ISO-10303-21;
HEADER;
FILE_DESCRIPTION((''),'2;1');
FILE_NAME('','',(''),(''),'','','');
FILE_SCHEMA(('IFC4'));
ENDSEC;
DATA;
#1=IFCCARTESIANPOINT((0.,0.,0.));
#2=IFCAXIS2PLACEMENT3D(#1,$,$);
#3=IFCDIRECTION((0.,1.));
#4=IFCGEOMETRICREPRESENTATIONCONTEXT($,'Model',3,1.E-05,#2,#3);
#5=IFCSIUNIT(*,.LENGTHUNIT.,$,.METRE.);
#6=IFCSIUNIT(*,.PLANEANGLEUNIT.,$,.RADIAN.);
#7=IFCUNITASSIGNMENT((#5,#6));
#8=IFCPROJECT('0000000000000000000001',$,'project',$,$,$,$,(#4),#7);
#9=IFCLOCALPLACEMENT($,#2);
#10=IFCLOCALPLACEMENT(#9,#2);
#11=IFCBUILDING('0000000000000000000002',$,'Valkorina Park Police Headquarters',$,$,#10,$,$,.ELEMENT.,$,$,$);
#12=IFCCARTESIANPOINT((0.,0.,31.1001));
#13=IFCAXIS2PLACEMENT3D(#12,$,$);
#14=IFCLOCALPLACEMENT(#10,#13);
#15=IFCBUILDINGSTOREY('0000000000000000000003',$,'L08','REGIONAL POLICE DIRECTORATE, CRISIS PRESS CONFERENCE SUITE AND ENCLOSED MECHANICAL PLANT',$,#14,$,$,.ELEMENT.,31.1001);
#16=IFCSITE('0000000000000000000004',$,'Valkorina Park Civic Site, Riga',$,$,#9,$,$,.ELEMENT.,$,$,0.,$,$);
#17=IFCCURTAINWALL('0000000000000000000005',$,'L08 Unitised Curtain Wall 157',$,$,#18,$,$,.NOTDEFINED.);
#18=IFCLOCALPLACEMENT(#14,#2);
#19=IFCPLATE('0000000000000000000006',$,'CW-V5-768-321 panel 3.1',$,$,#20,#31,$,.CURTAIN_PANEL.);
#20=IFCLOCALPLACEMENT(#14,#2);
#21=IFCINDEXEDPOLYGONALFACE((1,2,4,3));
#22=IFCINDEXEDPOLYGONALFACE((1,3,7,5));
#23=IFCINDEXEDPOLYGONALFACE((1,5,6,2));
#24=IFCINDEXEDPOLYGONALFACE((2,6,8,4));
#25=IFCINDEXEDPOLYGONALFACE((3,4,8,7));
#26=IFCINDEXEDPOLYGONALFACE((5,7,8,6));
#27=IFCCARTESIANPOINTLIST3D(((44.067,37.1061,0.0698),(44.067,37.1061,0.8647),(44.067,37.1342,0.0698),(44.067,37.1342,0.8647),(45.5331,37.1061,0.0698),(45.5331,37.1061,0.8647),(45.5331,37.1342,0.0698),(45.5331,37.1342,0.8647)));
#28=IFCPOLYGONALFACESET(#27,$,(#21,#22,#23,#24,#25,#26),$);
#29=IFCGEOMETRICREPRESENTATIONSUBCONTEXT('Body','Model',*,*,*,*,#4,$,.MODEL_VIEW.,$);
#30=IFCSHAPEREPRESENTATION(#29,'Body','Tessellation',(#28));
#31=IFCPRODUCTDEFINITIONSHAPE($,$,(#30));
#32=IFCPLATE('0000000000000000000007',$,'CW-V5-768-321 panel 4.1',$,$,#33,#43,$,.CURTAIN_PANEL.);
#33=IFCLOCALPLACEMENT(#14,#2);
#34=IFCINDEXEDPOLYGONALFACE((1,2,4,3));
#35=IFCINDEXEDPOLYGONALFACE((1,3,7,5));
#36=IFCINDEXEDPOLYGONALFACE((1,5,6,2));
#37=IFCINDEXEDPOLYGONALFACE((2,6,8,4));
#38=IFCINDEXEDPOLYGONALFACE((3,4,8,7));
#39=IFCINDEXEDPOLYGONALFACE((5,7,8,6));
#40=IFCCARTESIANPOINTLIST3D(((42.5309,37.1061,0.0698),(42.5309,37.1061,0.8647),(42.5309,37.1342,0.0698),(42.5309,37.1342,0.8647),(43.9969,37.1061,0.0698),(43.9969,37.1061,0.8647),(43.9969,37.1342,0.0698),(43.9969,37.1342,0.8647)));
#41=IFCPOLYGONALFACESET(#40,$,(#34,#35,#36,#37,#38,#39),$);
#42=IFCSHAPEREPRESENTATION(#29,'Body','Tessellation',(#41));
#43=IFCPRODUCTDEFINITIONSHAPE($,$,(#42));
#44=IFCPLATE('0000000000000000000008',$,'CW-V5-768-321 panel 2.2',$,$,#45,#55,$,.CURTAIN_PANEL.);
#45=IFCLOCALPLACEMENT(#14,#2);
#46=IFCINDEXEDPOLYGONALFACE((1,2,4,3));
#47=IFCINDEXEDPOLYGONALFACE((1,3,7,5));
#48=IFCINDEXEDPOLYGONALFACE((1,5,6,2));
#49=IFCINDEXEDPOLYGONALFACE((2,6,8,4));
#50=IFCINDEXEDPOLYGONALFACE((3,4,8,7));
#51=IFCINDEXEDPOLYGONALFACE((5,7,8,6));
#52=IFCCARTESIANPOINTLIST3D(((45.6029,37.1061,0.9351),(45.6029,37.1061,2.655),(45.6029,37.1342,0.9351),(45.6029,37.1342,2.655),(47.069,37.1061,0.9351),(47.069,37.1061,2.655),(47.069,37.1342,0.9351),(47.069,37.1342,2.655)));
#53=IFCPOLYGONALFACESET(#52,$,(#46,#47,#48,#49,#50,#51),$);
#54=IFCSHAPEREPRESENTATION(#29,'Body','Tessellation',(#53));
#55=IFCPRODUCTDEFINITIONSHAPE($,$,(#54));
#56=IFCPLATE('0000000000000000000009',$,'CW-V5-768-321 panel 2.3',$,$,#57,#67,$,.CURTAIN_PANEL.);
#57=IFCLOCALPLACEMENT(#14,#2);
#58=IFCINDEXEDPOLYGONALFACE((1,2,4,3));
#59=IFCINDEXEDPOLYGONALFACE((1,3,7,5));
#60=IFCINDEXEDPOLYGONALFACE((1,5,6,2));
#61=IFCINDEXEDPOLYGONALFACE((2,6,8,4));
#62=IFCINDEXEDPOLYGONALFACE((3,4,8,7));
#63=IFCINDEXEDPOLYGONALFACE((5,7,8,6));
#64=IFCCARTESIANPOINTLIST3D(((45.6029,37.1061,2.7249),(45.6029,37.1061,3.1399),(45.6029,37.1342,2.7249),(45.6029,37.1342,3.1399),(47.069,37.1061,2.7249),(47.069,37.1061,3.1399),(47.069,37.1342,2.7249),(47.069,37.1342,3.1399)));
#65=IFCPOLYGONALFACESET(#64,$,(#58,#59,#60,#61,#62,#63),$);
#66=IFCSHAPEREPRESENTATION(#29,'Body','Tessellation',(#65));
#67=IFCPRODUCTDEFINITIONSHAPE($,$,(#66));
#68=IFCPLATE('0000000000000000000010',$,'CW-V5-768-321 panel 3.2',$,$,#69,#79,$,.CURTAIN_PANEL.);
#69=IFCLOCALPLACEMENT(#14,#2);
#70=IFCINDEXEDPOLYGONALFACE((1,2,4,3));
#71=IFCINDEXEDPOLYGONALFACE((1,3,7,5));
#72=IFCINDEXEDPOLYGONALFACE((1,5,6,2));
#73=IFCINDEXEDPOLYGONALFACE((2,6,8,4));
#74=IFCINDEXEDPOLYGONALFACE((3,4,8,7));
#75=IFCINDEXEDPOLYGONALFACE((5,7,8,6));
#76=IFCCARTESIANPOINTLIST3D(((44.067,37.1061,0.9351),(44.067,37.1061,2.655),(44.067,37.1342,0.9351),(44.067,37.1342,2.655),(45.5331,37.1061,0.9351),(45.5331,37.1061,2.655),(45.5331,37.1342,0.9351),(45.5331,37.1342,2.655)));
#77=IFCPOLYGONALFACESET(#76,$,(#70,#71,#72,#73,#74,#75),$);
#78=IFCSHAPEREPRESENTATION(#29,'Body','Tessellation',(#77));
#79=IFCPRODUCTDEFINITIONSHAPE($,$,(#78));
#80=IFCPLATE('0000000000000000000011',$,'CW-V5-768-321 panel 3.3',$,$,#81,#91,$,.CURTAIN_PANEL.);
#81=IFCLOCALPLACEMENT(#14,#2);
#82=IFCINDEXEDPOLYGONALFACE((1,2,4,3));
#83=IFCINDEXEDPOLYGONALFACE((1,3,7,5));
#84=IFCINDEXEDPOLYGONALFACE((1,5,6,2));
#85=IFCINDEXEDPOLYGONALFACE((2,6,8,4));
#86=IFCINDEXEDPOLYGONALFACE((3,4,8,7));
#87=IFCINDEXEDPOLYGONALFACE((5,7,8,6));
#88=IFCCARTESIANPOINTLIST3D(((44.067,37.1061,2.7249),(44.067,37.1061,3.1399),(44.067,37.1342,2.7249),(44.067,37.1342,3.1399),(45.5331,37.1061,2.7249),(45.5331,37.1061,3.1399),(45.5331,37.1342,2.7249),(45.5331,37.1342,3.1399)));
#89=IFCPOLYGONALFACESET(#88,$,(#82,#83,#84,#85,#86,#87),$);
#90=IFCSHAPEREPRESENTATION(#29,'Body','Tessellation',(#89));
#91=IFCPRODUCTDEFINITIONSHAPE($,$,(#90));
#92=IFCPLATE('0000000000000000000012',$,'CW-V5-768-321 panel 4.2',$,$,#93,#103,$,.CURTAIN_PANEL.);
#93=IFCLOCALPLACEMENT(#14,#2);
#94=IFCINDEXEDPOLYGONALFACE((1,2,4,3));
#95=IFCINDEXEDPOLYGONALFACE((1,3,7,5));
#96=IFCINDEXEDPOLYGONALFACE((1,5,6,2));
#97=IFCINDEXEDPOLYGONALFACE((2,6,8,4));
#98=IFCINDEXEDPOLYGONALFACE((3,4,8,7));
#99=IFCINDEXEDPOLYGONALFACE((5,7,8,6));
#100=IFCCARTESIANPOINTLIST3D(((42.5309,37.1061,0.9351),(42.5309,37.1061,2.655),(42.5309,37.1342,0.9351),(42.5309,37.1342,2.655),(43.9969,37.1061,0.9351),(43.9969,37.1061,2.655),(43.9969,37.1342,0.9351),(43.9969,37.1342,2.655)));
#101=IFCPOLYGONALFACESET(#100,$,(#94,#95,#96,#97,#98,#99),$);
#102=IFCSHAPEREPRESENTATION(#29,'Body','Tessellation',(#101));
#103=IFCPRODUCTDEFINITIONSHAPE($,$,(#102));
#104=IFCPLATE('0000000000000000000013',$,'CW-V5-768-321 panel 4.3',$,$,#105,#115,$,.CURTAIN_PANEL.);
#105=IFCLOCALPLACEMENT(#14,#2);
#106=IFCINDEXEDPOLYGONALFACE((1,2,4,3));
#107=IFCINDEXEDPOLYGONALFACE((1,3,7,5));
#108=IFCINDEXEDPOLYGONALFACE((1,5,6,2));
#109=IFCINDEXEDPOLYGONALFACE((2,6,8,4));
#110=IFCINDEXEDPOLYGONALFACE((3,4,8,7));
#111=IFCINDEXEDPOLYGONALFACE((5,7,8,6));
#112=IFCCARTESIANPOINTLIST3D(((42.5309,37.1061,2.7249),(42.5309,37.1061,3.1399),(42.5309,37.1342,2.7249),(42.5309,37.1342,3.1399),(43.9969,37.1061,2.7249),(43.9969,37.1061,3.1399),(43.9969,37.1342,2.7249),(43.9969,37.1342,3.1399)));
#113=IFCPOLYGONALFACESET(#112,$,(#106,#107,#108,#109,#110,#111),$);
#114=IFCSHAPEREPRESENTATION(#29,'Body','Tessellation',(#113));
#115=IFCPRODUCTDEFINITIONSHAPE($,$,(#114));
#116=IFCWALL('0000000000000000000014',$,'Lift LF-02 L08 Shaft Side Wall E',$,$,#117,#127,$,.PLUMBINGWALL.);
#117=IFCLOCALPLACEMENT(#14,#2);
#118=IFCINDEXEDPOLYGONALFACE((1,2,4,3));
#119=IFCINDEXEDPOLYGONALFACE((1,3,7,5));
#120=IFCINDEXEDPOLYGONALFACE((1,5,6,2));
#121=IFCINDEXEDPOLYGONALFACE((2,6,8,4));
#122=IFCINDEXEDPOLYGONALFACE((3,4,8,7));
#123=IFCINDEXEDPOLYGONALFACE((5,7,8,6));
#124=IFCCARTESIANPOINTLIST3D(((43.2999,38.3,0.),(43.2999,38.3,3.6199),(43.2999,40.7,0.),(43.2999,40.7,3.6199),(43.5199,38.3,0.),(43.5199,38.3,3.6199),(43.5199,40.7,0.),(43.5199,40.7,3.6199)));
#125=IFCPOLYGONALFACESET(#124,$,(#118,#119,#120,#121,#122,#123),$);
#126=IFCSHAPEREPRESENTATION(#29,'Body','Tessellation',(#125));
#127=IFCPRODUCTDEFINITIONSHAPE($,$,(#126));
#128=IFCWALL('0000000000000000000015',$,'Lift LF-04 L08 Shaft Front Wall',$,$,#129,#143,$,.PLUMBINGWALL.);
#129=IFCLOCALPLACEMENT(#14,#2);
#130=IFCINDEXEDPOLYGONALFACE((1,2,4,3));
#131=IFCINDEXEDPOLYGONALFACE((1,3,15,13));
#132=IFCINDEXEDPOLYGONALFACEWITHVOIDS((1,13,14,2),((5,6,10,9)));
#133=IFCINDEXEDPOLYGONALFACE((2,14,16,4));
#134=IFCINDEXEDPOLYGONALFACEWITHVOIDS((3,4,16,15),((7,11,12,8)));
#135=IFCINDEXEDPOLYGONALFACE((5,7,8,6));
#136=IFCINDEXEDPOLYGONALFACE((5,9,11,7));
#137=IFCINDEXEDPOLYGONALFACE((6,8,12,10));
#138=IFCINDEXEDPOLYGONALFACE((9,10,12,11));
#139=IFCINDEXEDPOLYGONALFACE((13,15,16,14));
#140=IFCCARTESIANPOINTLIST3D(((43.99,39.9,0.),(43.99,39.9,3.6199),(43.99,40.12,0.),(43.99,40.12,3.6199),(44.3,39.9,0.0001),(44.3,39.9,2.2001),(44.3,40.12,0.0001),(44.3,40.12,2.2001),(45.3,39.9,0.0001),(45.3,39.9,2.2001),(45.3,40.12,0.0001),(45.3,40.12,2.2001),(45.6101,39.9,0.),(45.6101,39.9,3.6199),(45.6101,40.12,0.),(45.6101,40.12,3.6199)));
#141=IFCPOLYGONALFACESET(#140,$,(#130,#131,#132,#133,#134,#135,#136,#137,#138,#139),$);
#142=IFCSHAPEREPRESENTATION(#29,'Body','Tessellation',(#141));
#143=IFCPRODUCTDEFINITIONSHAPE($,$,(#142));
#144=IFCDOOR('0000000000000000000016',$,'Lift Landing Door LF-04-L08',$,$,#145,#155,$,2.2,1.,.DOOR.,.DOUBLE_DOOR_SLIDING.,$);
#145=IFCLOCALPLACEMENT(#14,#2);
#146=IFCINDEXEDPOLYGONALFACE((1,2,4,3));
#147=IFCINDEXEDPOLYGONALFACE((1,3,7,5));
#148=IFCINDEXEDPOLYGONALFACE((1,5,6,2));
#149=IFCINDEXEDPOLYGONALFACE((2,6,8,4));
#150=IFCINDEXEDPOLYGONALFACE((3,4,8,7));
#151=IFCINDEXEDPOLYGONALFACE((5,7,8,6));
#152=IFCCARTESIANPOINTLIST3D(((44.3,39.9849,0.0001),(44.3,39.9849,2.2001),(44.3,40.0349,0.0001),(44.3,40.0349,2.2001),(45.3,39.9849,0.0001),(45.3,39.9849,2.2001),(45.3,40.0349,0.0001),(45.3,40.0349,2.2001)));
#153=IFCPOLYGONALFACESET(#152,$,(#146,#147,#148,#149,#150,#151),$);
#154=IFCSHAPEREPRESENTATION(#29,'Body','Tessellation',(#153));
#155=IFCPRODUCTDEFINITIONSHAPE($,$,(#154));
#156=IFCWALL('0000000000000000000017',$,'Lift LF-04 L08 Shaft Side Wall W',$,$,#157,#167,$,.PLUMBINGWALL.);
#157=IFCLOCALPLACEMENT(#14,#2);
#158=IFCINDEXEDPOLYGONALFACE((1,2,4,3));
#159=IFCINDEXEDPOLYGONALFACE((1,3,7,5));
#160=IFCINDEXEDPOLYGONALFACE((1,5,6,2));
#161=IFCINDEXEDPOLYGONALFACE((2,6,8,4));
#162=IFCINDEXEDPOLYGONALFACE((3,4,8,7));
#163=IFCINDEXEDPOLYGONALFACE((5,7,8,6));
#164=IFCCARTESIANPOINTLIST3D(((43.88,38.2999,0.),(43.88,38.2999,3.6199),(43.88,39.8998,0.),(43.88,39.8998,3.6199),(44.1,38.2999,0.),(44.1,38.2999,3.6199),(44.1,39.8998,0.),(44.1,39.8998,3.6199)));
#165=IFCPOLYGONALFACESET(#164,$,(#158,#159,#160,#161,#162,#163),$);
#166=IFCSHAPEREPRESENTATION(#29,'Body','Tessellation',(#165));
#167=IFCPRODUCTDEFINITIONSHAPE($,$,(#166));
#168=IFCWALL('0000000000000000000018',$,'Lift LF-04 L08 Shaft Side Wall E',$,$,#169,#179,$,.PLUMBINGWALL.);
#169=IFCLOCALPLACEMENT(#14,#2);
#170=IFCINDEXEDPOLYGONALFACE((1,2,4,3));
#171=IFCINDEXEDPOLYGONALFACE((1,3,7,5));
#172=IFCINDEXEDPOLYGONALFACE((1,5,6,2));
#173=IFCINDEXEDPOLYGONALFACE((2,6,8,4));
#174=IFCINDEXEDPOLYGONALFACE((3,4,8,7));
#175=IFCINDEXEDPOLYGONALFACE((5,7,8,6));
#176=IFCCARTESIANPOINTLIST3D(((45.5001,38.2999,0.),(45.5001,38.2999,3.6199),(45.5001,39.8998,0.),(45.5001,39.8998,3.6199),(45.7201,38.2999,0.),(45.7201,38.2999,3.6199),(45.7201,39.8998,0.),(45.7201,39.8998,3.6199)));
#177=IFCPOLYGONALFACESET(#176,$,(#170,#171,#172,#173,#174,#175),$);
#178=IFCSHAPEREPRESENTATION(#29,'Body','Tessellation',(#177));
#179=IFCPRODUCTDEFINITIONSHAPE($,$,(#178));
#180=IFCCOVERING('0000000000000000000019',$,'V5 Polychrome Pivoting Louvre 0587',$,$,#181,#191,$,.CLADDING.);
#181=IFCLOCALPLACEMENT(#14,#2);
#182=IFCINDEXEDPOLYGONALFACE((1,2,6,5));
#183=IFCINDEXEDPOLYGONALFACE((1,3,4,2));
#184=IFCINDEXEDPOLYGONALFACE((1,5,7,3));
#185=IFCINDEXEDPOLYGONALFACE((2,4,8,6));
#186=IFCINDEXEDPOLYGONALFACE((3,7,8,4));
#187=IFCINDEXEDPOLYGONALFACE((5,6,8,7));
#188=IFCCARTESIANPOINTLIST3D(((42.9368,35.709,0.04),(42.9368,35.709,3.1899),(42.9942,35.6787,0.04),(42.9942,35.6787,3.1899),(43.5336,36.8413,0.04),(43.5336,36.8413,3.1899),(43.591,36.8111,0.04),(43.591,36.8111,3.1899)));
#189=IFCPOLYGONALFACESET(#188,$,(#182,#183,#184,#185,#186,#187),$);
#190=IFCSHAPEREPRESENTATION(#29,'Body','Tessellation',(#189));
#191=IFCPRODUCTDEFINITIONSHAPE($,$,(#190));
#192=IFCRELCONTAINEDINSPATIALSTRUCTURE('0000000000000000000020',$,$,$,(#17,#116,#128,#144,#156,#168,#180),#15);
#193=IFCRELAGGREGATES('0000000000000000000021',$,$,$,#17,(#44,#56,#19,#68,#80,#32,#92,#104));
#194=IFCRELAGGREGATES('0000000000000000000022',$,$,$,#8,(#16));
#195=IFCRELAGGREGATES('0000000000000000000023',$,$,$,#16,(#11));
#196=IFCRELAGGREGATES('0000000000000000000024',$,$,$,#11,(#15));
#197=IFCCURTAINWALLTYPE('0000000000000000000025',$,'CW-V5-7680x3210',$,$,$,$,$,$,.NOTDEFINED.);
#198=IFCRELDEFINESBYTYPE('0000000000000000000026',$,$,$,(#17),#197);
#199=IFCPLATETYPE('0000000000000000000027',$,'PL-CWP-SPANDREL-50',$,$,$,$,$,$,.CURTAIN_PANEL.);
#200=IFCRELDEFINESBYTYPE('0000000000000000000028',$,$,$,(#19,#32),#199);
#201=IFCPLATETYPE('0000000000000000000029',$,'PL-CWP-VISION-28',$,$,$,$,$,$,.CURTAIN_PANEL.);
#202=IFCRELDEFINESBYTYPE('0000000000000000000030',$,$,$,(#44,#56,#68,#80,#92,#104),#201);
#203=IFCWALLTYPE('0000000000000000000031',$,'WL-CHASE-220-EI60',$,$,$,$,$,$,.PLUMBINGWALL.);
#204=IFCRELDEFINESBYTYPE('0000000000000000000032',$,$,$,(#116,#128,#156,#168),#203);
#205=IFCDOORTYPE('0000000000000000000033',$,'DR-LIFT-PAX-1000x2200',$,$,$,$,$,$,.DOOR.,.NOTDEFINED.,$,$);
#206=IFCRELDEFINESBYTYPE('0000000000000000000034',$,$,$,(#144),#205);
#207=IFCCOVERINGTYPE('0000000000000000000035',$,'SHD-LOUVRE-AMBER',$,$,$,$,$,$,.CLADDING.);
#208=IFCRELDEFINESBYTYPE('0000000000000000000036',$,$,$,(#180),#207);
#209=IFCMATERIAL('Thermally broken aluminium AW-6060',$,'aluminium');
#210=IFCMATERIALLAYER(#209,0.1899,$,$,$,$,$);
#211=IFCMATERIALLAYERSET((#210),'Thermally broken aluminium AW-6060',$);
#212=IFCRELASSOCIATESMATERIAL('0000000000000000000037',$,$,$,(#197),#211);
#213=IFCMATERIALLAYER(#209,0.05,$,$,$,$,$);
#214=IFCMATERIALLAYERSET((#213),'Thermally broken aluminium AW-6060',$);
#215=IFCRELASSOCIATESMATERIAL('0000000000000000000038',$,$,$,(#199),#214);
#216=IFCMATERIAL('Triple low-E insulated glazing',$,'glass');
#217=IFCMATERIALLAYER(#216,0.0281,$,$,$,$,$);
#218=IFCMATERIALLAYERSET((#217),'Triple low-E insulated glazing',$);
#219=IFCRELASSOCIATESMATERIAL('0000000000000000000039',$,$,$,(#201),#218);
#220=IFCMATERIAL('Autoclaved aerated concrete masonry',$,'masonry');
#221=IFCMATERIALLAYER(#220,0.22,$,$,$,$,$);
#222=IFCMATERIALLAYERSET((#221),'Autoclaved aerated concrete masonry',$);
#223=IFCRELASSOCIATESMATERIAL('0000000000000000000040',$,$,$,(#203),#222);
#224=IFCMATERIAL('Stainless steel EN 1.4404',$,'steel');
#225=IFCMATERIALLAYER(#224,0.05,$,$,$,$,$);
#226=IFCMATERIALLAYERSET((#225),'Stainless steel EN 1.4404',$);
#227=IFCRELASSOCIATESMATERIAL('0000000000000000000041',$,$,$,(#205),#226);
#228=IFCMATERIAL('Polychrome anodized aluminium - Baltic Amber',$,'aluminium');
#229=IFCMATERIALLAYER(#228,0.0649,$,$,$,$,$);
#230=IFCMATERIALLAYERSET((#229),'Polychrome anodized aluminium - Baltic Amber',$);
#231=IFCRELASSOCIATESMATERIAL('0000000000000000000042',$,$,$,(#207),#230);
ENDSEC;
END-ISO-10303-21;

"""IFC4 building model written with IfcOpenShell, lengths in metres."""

from ifc_helpers import new_model, si_unit, direction, frame, frame_2d, origin, origin_2d, place, context, subcontext, project, spatial, rectangle, extrude, material, layer, layer_set, type_object, element, fill, aggregate, save


model = new_model("IFC4")

# Units and contexts
model_context = context("Model", 3, precision=1e-05, world=origin(), true_north=direction((0.0, 1.0)))
body_context = subcontext(model_context, "Body", "Model", "MODEL_VIEW")
ifc_project = project(units=[si_unit("LENGTHUNIT", "METRE"), si_unit("PLANEANGLEUNIT", "RADIAN")], contexts=[model_context])

# Site, building, storey
site_placement = place(None, origin())
site = spatial("IfcSite", under=ifc_project, at=site_placement, Name="Valkorina Park Civic Site, Riga", CompositionType="ELEMENT", RefElevation=0.0)
building_placement = place(site_placement, origin())
building = spatial("IfcBuilding", under=site, at=building_placement, Name="Valkorina Park Police Headquarters", CompositionType="ELEMENT")
storey_placement = place(building_placement, frame((0.0, 0.0, 31.1001)))
storey = spatial("IfcBuildingStorey", under=building, at=storey_placement, Name="L08", Description="REGIONAL POLICE DIRECTORATE, CRISIS PRESS CONFERENCE SUITE AND ENCLOSED MECHANICAL PLANT", CompositionType="ELEMENT", Elevation=31.1001)

# Curtain wall, plates
ifc_material_1 = material(Name="Thermally broken aluminium AW-6060", Category="aluminium")
ifc_layer_1 = layer(ifc_material_1, 0.1899)
ifc_layer_set_1 = layer_set([ifc_layer_1], Name="Thermally broken aluminium AW-6060")
curtain_wall_type = type_object("IfcCurtainWallType", Name="CW-V5-7680x3210", PredefinedType="NOTDEFINED", material=ifc_layer_set_1)
curtain_wall_placement = place(storey_placement, origin())
curtain_wall = element("IfcCurtainWall", 1, at=curtain_wall_placement, inside=storey, type_object=curtain_wall_type, Name="L08 Unitised Curtain Wall 157", PredefinedType="NOTDEFINED")
ifc_layer_2 = layer(ifc_material_1, 0.05)
ifc_layer_set_2 = layer_set([ifc_layer_2], Name="Thermally broken aluminium AW-6060")
plate_type_1 = type_object("IfcPlateType", Name="PL-CWP-SPANDREL-50", PredefinedType="CURTAIN_PANEL", material=ifc_layer_set_2)
plate_1_placement = place(storey_placement, frame((44.8, 37.1201, 0.0698), z_axis=(0.0, 0.0, 1.0), x_axis=(-1.0, 0.0, 0.0)))
plate_1 = element("IfcPlate", 2, at=plate_1_placement, type_object=plate_type_1, Name="CW-V5-768-321 panel 3.1", PredefinedType="CURTAIN_PANEL", context=body_context, shape_type="SweptSolid", body=[
    extrude(rectangle(XDim=1.4661, YDim=0.0281, at=origin_2d()), origin(), (0.0, 0.0, 1.0), 0.7949),
])
plate_2_placement = place(storey_placement, frame((43.2639, 37.1201, 0.0698), z_axis=(0.0, 0.0, 1.0), x_axis=(-1.0, 0.0, 0.0)))
plate_2 = element("IfcPlate", 3, at=plate_2_placement, type_object=plate_type_1, Name="CW-V5-768-321 panel 4.1", PredefinedType="CURTAIN_PANEL", context=body_context, shape_type="SweptSolid", body=[
    extrude(rectangle(XDim=1.4661, YDim=0.0281, at=origin_2d()), origin(), (0.0, 0.0, 1.0), 0.7949),
])
ifc_material_2 = material(Name="Triple low-E insulated glazing", Category="glass")
ifc_layer_3 = layer(ifc_material_2, 0.0281)
ifc_layer_set_3 = layer_set([ifc_layer_3], Name="Triple low-E insulated glazing")
plate_type_2 = type_object("IfcPlateType", Name="PL-CWP-VISION-28", PredefinedType="CURTAIN_PANEL", material=ifc_layer_set_3)
plate_3_placement = place(storey_placement, frame((46.3359, 37.1201, 0.9351), z_axis=(0.0, 0.0, 1.0), x_axis=(-1.0, 0.0, 0.0)))
plate_3 = element("IfcPlate", 4, at=plate_3_placement, type_object=plate_type_2, Name="CW-V5-768-321 panel 2.2", PredefinedType="CURTAIN_PANEL", context=body_context, shape_type="SweptSolid", body=[
    extrude(rectangle(XDim=1.4661, YDim=0.0281, at=origin_2d()), origin(), (0.0, 0.0, 1.0), 1.72),
])
plate_4_placement = place(storey_placement, frame((46.3359, 37.1201, 2.7249), z_axis=(0.0, 0.0, 1.0), x_axis=(-1.0, 0.0, 0.0)))
plate_4 = element("IfcPlate", 5, at=plate_4_placement, type_object=plate_type_2, Name="CW-V5-768-321 panel 2.3", PredefinedType="CURTAIN_PANEL", context=body_context, shape_type="SweptSolid", body=[
    extrude(rectangle(XDim=1.4661, YDim=0.0281, at=origin_2d()), origin(), (0.0, 0.0, 1.0), 0.415),
])
plate_5_placement = place(storey_placement, frame((44.8, 37.1201, 0.9351), z_axis=(0.0, 0.0, 1.0), x_axis=(-1.0, 0.0, 0.0)))
plate_5 = element("IfcPlate", 6, at=plate_5_placement, type_object=plate_type_2, Name="CW-V5-768-321 panel 3.2", PredefinedType="CURTAIN_PANEL", context=body_context, shape_type="SweptSolid", body=[
    extrude(rectangle(XDim=1.4661, YDim=0.0281, at=origin_2d()), origin(), (0.0, 0.0, 1.0), 1.72),
])
plate_6_placement = place(storey_placement, frame((44.8, 37.1201, 2.7249), z_axis=(0.0, 0.0, 1.0), x_axis=(-1.0, 0.0, 0.0)))
plate_6 = element("IfcPlate", 7, at=plate_6_placement, type_object=plate_type_2, Name="CW-V5-768-321 panel 3.3", PredefinedType="CURTAIN_PANEL", context=body_context, shape_type="SweptSolid", body=[
    extrude(rectangle(XDim=1.4661, YDim=0.0281, at=origin_2d()), origin(), (0.0, 0.0, 1.0), 0.415),
])
plate_7_placement = place(storey_placement, frame((43.2639, 37.1201, 0.9351), z_axis=(0.0, 0.0, 1.0), x_axis=(-1.0, 0.0, 0.0)))
plate_7 = element("IfcPlate", 8, at=plate_7_placement, type_object=plate_type_2, Name="CW-V5-768-321 panel 4.2", PredefinedType="CURTAIN_PANEL", context=body_context, shape_type="SweptSolid", body=[
    extrude(rectangle(XDim=1.4661, YDim=0.0281, at=origin_2d()), origin(), (0.0, 0.0, 1.0), 1.72),
])
plate_8_placement = place(storey_placement, frame((43.2639, 37.1201, 2.7249), z_axis=(0.0, 0.0, 1.0), x_axis=(-1.0, 0.0, 0.0)))
plate_8 = element("IfcPlate", 9, at=plate_8_placement, type_object=plate_type_2, Name="CW-V5-768-321 panel 4.3", PredefinedType="CURTAIN_PANEL", context=body_context, shape_type="SweptSolid", body=[
    extrude(rectangle(XDim=1.4661, YDim=0.0281, at=origin_2d()), origin(), (0.0, 0.0, 1.0), 0.415),
])
aggregate(curtain_wall, [plate_3, plate_4, plate_1, plate_5, plate_6, plate_2, plate_7, plate_8])

# Wall
ifc_material_3 = material(Name="Autoclaved aerated concrete masonry", Category="masonry")
ifc_layer_4 = layer(ifc_material_3, 0.22)
ifc_layer_set_4 = layer_set([ifc_layer_4], Name="Autoclaved aerated concrete masonry")
wall_type = type_object("IfcWallType", Name="WL-CHASE-220-EI60", PredefinedType="PLUMBINGWALL", material=ifc_layer_set_4)
wall_1_placement = place(storey_placement, frame((43.4099, 38.3, 0.0), z_axis=(0.0, 0.0, 1.0), x_axis=(0.0, 1.0, 0.0)))
element("IfcWall", 10, at=wall_1_placement, inside=storey, type_object=wall_type, Name="Lift LF-02 L08 Shaft Side Wall E", PredefinedType="PLUMBINGWALL", context=body_context, shape_type="SweptSolid", body=[
    extrude(rectangle(XDim=2.3999, YDim=0.22, at=frame_2d((1.2, 0.0))), origin(), (0.0, 0.0, 1.0), 3.6199),
])

# Wall, opening, door
wall_2_placement = place(storey_placement, frame((43.99, 40.01, 0.0), z_axis=(0.0, 0.0, 1.0), x_axis=(1.0, 0.0, 0.0)))
wall_2 = element("IfcWall", 11, at=wall_2_placement, inside=storey, type_object=wall_type, Name="Lift LF-04 L08 Shaft Front Wall", PredefinedType="PLUMBINGWALL", context=body_context, shape_type="SweptSolid", body=[
    extrude(rectangle(XDim=1.6201, YDim=0.22, at=frame_2d((0.8101, 0.0))), origin(), (0.0, 0.0, 1.0), 3.6199),
])
opening_placement = place(wall_2_placement, frame((0.3101, 0.0, 0.0)))
opening = element("IfcOpeningElement", 12, at=opening_placement, cuts=wall_2, PredefinedType="OPENING", context=body_context, shape_type="SweptSolid", body=[
    extrude(rectangle(XDim=1.0, YDim=2.2, at=frame_2d((0.5, 1.1001))), frame((0.0, 0.1201, 0.0), z_axis=(0.0, -1.0, 0.0), x_axis=(1.0, 0.0, 0.0)), (0.0, 0.0, 1.0), 0.24),
])
ifc_material_4 = material(Name="Stainless steel EN 1.4404", Category="steel")
ifc_layer_5 = layer(ifc_material_4, 0.05)
ifc_layer_set_5 = layer_set([ifc_layer_5], Name="Stainless steel EN 1.4404")
door_type = type_object("IfcDoorType", Name="DR-LIFT-PAX-1000x2200", OperationType="NOTDEFINED", PredefinedType="DOOR", material=ifc_layer_set_5)
door_placement = place(opening_placement, origin())
door = element("IfcDoor", 13, at=door_placement, inside=storey, type_object=door_type, Name="Lift Landing Door LF-04-L08", OperationType="DOUBLE_DOOR_SLIDING", OverallHeight=2.2, OverallWidth=1.0, PredefinedType="DOOR", context=body_context, shape_type="SweptSolid", body=[
    extrude(rectangle(XDim=1.0, YDim=2.2, at=frame_2d((0.5, 1.1001))), frame((0.0, 0.0249, 0.0), z_axis=(0.0, -1.0, 0.0), x_axis=(1.0, 0.0, 0.0)), (0.0, 0.0, 1.0), 0.05),
])
fill(opening, door)

# Walls
for number, where, z_axis, x_axis, name in (
    (14, (43.99, 38.3, 0.0), (0.0, 0.0, 1.0), (0.0, 1.0, 0.0), "Lift LF-04 L08 Shaft Side Wall W"),
    (15, (45.6101, 38.3, 0.0), (0.0, 0.0, 1.0), (0.0, 1.0, 0.0), "Lift LF-04 L08 Shaft Side Wall E"),
):
    element("IfcWall", number, at=place(storey_placement, frame(where, z_axis=z_axis, x_axis=x_axis)), inside=storey, type_object=wall_type, Name=name, PredefinedType="PLUMBINGWALL", context=body_context, shape_type="SweptSolid", body=[
        extrude(rectangle(XDim=1.5999, YDim=0.22, at=frame_2d((0.7998, 0.0))), origin(), (0.0, 0.0, 1.0), 3.6199),
    ])

# Covering
ifc_material_5 = material(Name="Polychrome anodized aluminium - Baltic Amber", Category="aluminium")
ifc_layer_6 = layer(ifc_material_5, 0.0649)
ifc_layer_set_6 = layer_set([ifc_layer_6], Name="Polychrome anodized aluminium - Baltic Amber")
covering_type_1 = type_object("IfcCoveringType", Name="SHD-LOUVRE-AMBER", PredefinedType="CLADDING", material=ifc_layer_set_6)
covering_1_placement = place(storey_placement, frame((43.2639, 36.26, 0.04), z_axis=(0.0, 0.0, 1.0), x_axis=(-0.466232, -0.884662, 0.0)))
element("IfcCovering", 16, at=covering_1_placement, inside=storey, type_object=covering_type_1, Name="V5 Polychrome Pivoting Louvre 0587", PredefinedType="CLADDING", context=body_context, shape_type="SweptSolid", body=[
    extrude(rectangle(XDim=1.28, YDim=0.0649, at=origin_2d()), origin(), (0.0, 0.0, 1.0), 3.1499),
])

save(model, "model.ifc")
